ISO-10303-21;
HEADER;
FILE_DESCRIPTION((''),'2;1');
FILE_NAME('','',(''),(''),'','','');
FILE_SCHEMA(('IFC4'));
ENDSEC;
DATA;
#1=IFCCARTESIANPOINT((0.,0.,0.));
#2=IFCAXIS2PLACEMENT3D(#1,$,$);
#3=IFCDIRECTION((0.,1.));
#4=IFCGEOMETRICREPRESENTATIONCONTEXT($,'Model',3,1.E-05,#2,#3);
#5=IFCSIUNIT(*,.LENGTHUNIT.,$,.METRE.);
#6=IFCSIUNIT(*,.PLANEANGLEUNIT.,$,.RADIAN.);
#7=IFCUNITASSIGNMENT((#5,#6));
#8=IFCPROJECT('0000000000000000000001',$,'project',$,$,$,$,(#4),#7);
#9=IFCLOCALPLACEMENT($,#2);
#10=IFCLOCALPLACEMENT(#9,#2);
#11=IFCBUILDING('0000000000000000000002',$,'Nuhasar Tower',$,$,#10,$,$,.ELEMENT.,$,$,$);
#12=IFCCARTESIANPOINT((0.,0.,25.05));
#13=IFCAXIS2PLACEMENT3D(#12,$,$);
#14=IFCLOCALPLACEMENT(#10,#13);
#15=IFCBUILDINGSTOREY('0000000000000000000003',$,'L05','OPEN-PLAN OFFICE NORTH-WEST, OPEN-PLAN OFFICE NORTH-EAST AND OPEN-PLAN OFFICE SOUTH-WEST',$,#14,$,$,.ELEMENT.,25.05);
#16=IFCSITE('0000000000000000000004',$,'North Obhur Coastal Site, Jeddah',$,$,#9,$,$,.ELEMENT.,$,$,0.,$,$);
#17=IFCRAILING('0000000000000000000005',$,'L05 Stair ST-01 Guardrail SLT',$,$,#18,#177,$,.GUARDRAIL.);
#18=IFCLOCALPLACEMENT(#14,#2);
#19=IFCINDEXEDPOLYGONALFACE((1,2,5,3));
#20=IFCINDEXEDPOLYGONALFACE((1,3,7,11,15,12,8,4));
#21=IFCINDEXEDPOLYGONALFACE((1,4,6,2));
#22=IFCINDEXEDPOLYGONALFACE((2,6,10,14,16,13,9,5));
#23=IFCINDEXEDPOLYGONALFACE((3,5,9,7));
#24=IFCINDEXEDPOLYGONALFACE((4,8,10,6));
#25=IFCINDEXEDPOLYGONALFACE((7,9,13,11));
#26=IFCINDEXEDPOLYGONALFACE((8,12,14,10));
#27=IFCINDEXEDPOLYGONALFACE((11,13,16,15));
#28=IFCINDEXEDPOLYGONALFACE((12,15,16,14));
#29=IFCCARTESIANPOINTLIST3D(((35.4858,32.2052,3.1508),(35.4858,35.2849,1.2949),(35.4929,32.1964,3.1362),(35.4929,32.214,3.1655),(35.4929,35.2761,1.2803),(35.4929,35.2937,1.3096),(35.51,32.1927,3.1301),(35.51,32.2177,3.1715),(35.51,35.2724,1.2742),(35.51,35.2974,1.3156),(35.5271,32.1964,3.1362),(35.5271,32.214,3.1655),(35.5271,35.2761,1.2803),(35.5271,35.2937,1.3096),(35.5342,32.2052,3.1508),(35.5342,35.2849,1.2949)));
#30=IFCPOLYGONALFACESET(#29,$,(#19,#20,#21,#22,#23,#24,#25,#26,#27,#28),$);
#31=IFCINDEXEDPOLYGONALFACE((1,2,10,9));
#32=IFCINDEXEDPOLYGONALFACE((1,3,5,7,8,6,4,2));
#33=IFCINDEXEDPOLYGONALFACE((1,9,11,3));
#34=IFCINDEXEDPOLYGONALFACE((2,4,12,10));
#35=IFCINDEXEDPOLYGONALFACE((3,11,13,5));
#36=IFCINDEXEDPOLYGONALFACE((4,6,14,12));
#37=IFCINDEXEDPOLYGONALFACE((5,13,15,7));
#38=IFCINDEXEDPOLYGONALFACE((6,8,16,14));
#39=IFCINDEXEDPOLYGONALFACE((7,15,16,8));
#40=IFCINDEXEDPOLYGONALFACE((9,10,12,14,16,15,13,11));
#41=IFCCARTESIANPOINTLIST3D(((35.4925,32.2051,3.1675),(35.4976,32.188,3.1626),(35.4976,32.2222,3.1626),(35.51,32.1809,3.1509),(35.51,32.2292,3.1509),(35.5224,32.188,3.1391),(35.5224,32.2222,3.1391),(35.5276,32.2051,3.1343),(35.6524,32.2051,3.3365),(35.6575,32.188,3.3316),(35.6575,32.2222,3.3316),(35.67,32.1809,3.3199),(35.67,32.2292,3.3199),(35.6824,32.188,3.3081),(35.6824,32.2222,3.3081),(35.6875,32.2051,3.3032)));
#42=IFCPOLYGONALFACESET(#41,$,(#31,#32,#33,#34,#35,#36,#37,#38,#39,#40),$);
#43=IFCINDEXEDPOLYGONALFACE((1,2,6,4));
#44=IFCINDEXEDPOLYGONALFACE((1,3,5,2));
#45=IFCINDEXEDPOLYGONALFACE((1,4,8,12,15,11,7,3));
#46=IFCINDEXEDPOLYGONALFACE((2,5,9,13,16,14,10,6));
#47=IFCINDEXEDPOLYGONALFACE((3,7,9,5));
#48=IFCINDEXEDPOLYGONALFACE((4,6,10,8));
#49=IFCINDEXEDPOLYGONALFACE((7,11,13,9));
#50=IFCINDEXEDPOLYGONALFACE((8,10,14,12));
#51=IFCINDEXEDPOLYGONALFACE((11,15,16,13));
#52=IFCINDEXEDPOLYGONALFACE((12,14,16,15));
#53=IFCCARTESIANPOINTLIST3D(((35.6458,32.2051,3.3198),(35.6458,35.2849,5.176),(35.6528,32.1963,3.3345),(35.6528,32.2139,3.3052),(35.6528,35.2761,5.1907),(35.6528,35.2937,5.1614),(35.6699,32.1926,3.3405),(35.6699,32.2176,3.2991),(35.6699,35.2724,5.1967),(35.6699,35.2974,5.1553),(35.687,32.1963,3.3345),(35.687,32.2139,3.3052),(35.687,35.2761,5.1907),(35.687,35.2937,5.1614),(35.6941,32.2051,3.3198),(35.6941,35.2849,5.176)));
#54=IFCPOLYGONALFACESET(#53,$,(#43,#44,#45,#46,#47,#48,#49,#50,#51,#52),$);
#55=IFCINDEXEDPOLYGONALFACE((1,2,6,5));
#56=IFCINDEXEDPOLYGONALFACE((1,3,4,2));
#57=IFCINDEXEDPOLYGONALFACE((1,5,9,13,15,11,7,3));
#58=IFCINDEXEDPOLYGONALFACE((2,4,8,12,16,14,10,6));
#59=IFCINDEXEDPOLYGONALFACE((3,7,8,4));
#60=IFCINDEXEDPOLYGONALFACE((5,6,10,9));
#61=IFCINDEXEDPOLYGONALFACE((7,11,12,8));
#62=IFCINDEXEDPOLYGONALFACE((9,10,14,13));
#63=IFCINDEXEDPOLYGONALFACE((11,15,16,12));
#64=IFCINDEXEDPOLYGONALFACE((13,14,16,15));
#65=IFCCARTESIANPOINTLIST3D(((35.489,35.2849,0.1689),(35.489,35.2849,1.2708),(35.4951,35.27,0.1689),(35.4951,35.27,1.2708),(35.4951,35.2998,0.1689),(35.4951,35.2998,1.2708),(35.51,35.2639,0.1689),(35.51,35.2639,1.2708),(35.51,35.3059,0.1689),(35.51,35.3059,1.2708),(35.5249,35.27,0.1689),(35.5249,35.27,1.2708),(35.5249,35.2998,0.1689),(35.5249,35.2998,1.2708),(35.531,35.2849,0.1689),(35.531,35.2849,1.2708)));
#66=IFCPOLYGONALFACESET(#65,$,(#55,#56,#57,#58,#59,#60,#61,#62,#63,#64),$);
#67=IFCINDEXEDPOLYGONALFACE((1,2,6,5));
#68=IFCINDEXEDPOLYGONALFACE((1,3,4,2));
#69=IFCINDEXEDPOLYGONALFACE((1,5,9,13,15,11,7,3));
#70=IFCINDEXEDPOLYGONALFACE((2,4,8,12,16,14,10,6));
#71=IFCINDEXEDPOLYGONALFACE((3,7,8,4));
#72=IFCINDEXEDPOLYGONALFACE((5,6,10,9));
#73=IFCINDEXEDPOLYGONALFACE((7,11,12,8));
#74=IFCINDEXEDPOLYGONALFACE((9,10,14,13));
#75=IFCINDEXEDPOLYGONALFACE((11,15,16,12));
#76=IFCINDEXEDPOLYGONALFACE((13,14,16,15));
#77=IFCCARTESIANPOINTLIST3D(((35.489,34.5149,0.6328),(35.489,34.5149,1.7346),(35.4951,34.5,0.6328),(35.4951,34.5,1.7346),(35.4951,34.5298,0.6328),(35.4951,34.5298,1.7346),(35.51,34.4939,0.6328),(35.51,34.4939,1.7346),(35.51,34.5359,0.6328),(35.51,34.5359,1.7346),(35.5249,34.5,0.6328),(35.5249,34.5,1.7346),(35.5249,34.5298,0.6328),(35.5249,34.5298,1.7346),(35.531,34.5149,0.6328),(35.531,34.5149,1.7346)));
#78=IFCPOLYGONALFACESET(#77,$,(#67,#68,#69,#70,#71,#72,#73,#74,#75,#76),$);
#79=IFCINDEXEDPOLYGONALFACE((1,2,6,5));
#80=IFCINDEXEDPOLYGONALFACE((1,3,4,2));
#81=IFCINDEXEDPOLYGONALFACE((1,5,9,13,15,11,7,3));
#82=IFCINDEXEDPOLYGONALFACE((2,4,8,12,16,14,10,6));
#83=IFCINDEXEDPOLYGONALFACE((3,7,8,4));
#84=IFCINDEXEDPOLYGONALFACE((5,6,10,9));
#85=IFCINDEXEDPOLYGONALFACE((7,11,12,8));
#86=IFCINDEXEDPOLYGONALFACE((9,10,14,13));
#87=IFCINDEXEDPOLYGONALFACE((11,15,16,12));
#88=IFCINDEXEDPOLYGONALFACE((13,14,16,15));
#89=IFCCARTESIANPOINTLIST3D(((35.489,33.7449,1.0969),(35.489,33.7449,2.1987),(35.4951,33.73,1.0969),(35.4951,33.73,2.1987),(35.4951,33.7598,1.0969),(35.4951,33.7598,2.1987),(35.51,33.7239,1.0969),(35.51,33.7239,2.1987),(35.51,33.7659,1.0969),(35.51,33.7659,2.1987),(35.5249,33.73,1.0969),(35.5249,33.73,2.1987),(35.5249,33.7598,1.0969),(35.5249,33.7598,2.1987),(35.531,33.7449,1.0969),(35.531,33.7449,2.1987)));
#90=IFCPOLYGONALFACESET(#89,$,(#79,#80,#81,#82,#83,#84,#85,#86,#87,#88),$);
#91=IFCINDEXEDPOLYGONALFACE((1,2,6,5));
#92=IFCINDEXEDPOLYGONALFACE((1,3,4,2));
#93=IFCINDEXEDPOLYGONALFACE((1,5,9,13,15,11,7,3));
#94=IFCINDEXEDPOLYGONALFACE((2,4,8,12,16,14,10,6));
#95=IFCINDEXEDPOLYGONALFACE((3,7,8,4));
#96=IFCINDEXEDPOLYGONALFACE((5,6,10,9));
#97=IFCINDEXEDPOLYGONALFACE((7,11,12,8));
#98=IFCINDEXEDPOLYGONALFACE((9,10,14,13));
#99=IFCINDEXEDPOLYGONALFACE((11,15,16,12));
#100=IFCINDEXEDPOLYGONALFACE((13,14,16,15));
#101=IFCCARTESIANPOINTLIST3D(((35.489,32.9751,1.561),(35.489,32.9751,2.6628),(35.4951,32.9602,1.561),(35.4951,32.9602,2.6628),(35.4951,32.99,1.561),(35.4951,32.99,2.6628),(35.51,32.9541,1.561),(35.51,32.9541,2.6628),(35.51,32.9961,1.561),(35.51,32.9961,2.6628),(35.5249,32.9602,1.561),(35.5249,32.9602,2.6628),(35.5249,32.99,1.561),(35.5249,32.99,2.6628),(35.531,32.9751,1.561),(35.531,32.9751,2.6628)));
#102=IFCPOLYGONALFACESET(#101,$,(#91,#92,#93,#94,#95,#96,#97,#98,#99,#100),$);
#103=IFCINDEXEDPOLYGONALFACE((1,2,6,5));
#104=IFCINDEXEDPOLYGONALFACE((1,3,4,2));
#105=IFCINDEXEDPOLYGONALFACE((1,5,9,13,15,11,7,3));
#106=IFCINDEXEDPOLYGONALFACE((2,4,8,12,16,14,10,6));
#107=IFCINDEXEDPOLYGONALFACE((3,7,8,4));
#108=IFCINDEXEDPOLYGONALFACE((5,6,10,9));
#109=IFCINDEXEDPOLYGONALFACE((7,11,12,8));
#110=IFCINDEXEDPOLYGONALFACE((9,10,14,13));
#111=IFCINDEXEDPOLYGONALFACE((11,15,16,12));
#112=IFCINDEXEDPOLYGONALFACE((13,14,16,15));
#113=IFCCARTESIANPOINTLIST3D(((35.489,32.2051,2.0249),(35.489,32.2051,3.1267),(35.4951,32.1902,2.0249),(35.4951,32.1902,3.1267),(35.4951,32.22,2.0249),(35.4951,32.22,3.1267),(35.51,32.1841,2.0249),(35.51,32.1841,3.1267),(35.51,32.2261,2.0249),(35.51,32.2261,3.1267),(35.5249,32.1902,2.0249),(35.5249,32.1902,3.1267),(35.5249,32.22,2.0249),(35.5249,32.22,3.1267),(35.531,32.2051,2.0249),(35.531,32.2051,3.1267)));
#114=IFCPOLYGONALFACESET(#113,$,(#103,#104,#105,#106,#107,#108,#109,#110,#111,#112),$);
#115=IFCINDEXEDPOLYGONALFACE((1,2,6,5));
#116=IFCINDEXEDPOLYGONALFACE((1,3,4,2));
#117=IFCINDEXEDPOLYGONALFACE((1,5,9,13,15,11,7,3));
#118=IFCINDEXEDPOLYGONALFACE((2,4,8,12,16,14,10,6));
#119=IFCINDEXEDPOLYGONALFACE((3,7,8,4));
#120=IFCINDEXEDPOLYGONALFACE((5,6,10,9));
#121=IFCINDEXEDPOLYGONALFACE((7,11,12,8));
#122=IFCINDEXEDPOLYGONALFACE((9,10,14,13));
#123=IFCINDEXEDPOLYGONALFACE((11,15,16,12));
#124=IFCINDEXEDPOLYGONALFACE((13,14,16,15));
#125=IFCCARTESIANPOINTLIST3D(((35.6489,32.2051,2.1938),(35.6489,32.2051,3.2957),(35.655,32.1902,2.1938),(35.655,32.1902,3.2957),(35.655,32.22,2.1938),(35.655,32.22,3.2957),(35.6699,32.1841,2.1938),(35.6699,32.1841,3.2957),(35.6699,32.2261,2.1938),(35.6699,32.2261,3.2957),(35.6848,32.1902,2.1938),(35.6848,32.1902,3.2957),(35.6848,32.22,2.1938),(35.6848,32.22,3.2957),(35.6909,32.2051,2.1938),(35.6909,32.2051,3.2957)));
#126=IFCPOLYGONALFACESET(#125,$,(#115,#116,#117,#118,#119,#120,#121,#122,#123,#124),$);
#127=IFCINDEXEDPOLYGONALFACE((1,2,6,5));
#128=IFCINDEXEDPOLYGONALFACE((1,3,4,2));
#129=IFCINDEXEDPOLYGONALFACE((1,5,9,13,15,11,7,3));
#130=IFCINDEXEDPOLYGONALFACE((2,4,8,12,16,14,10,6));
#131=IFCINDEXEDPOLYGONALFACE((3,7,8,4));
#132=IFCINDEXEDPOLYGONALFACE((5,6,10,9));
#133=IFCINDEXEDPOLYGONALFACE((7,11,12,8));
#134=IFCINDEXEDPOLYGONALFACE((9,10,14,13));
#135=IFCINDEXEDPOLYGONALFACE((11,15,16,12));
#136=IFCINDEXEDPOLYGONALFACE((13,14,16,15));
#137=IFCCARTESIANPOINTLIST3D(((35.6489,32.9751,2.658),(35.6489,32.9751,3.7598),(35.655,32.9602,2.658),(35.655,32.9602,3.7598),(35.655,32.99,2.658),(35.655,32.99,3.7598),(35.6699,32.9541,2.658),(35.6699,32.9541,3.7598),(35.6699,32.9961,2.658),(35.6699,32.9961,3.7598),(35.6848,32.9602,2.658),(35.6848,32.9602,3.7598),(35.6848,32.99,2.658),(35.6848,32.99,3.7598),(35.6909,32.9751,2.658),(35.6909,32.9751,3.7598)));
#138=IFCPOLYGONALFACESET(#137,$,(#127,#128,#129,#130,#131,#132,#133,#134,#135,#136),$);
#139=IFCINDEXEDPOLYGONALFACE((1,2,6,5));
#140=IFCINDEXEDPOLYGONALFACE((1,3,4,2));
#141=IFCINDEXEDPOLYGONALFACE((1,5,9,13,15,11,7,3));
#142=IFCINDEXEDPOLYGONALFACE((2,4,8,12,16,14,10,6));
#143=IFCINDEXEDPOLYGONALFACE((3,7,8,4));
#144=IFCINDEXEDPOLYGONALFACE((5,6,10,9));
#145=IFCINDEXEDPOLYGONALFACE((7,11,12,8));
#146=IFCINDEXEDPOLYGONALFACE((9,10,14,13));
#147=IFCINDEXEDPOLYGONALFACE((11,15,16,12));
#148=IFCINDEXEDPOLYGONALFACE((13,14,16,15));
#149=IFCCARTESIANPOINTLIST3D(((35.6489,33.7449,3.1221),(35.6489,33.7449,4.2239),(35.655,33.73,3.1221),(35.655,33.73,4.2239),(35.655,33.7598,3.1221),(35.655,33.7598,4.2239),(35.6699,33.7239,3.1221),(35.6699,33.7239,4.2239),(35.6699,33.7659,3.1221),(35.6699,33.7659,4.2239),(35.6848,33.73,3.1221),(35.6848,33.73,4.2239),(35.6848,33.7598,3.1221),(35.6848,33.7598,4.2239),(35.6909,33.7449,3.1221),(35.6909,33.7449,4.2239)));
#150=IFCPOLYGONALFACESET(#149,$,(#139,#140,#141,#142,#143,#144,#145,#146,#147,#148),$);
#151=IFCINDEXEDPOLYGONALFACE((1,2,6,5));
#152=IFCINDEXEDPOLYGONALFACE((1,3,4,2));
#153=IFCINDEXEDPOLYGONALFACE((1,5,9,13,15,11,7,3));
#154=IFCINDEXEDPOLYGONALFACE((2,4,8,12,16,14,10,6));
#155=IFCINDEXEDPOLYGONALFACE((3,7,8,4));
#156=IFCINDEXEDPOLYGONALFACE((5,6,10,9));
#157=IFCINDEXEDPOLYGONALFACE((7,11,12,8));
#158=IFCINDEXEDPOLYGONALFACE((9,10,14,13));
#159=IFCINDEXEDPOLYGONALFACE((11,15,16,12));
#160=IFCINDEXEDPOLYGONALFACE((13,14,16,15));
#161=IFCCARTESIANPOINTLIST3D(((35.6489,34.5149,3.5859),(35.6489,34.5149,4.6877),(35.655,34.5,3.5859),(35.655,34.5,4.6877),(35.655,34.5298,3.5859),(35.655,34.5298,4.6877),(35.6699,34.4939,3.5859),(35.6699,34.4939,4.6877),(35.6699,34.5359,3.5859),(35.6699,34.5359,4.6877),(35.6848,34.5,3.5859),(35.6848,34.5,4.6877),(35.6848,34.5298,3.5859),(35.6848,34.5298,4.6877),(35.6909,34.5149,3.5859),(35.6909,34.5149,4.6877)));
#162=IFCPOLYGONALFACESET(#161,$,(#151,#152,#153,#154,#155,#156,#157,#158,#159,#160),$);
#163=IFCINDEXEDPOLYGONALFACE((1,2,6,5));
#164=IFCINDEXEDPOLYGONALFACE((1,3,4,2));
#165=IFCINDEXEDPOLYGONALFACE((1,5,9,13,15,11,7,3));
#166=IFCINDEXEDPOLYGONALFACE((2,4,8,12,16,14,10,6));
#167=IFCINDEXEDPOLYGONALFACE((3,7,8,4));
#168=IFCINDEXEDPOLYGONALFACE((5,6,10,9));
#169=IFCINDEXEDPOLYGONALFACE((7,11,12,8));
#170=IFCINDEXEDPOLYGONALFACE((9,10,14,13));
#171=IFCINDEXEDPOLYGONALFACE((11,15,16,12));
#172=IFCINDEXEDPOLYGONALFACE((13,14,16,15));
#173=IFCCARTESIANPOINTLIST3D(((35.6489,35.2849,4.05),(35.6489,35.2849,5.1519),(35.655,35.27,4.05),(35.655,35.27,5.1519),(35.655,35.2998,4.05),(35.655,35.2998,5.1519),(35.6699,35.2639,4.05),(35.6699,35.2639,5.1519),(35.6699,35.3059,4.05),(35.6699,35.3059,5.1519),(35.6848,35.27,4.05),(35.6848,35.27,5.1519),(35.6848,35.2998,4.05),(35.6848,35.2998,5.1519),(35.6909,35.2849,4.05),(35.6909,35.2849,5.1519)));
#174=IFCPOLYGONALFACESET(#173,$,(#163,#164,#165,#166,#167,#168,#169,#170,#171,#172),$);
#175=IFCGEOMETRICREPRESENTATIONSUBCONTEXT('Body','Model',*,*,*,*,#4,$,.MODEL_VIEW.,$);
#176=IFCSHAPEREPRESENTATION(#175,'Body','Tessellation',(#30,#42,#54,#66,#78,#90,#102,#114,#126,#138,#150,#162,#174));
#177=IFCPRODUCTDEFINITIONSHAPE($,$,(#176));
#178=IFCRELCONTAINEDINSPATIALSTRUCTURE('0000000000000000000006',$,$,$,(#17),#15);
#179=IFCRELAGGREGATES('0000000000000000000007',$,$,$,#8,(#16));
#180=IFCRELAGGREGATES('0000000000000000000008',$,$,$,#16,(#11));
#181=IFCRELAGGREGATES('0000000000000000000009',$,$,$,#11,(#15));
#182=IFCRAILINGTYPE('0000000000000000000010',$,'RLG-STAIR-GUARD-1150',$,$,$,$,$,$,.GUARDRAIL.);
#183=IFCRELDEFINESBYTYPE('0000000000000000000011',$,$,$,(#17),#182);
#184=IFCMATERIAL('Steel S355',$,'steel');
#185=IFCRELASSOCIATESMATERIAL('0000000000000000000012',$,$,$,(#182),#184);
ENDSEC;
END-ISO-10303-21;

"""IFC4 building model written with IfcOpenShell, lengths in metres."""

from ifc_helpers import new_model, si_unit, direction, frame, origin, place, context, subcontext, project, spatial, polyline, outline, extrude, material, type_object, element, save


model = new_model("IFC4")

# Units and contexts
model_context = context("Model", 3, precision=1e-05, world=origin(), true_north=direction((0.0, 1.0)))
body_context = subcontext(model_context, "Body", "Model", "MODEL_VIEW")
ifc_project = project(units=[si_unit("LENGTHUNIT", "METRE"), si_unit("PLANEANGLEUNIT", "RADIAN")], contexts=[model_context])

# Site, building, storey
site_placement = place(None, origin())
site = spatial("IfcSite", under=ifc_project, at=site_placement, Name="North Obhur Coastal Site, Jeddah", CompositionType="ELEMENT", RefElevation=0.0)
building_placement = place(site_placement, origin())
building = spatial("IfcBuilding", under=site, at=building_placement, Name="Nuhasar Tower", CompositionType="ELEMENT")
storey_placement = place(building_placement, frame((0.0, 0.0, 25.05)))
storey = spatial("IfcBuildingStorey", under=building, at=storey_placement, Name="L05", Description="OPEN-PLAN OFFICE NORTH-WEST, OPEN-PLAN OFFICE NORTH-EAST AND OPEN-PLAN OFFICE SOUTH-WEST", CompositionType="ELEMENT", Elevation=25.05)

# Shared definitions
ifc_material_1 = material(Name="Steel S355", Category="steel")

# Railing
railing_type_1 = type_object("IfcRailingType", Name="RLG-STAIR-GUARD-1150", PredefinedType="GUARDRAIL", material=ifc_material_1)
railing_1_placement = place(storey_placement, frame((35.51, 35.2849, 0.1689)))
element("IfcRailing", 1, at=railing_1_placement, inside=storey, type_object=railing_type_1, Name="L05 Stair ST-01 Guardrail SLT", PredefinedType="GUARDRAIL", context=body_context, shape_type="SweptSolid", body=[
    extrude(outline(polyline([(0.0242, 0.0), (0.0171, 0.0171), (0.0, 0.0242), (-0.0171, 0.0171), (-0.0242, 0.0), (-0.0171, -0.0171), (0.0, -0.0242), (0.0171, -0.0171), (0.0242, 0.0)])), frame((0.0, 0.0, 1.126), z_axis=(0.0, -0.856503, 0.516142), x_axis=(1.0, 0.0, 0.0)), (0.0, 0.0, 1.0), 3.5957),
    extrude(outline(polyline([(0.0242, 0.0), (0.0171, 0.0171), (0.0, 0.0242), (-0.0171, 0.0171), (-0.0242, 0.0), (-0.0171, -0.0171), (0.0, -0.0242), (0.0171, -0.0171), (0.0242, 0.0)])), frame((0.0, -3.0798, 2.9819), z_axis=(0.687424, 0.0, 0.726256), x_axis=(0.0, 1.0, 0.0)), (0.0, 0.0, 1.0), 0.2327),
    extrude(outline(polyline([(0.0242, 0.0), (0.0171, 0.0171), (0.0, 0.0242), (-0.0171, 0.0171), (-0.0242, 0.0), (-0.0171, -0.0171), (0.0, -0.0242), (0.0171, -0.0171), (0.0242, 0.0)])), frame((0.1599, -3.0798, 3.1509), z_axis=(0.0, 0.856473, 0.516192), x_axis=(-1.0, 0.0, 0.0)), (0.0, 0.0, 1.0), 3.5959),
    extrude(outline(polyline([(0.021, 0.0), (0.0149, 0.0149), (0.0, 0.021), (-0.0149, 0.0149), (-0.021, 0.0), (-0.0149, -0.0149), (0.0, -0.021), (0.0149, -0.0149), (0.021, 0.0)])), origin(), (0.0, 0.0, 1.0), 1.1018),
    extrude(outline(polyline([(0.021, 0.0), (0.0149, 0.0149), (0.0, 0.021), (-0.0149, 0.0149), (-0.021, 0.0), (-0.0149, -0.0149), (0.0, -0.021), (0.0149, -0.0149), (0.021, 0.0)])), frame((0.0, -0.77, 0.4639)), (0.0, 0.0, 1.0), 1.1018),
    extrude(outline(polyline([(0.021, 0.0), (0.0149, 0.0149), (0.0, 0.021), (-0.0149, 0.0149), (-0.021, 0.0), (-0.0149, -0.0149), (0.0, -0.021), (0.0149, -0.0149), (0.021, 0.0)])), frame((0.0, -1.54, 0.928)), (0.0, 0.0, 1.0), 1.1018),
    extrude(outline(polyline([(0.021, 0.0), (0.0149, 0.0149), (0.0, 0.021), (-0.0149, 0.0149), (-0.021, 0.0), (-0.0149, -0.0149), (0.0, -0.021), (0.0149, -0.0149), (0.021, 0.0)])), frame((0.0, -2.3098, 1.3921)), (0.0, 0.0, 1.0), 1.1018),
    extrude(outline(polyline([(0.021, 0.0), (0.0149, 0.0149), (0.0, 0.021), (-0.0149, 0.0149), (-0.021, 0.0), (-0.0149, -0.0149), (0.0, -0.021), (0.0149, -0.0149), (0.021, 0.0)])), frame((0.0, -3.0798, 1.856)), (0.0, 0.0, 1.0), 1.1018),
    extrude(outline(polyline([(0.021, 0.0), (0.0149, 0.0149), (0.0, 0.021), (-0.0149, 0.0149), (-0.021, 0.0), (-0.0149, -0.0149), (0.0, -0.021), (0.0149, -0.0149), (0.021, 0.0)])), frame((0.1599, -3.0798, 2.0249)), (0.0, 0.0, 1.0), 1.1018),
    extrude(outline(polyline([(0.021, 0.0), (0.0149, 0.0149), (0.0, 0.021), (-0.0149, 0.0149), (-0.021, 0.0), (-0.0149, -0.0149), (0.0, -0.021), (0.0149, -0.0149), (0.021, 0.0)])), frame((0.1599, -2.3098, 2.489)), (0.0, 0.0, 1.0), 1.1018),
    extrude(outline(polyline([(0.021, 0.0), (0.0149, 0.0149), (0.0, 0.021), (-0.0149, 0.0149), (-0.021, 0.0), (-0.0149, -0.0149), (0.0, -0.021), (0.0149, -0.0149), (0.021, 0.0)])), frame((0.1599, -1.54, 2.9531)), (0.0, 0.0, 1.0), 1.1018),
    extrude(outline(polyline([(0.021, 0.0), (0.0149, 0.0149), (0.0, 0.021), (-0.0149, 0.0149), (-0.021, 0.0), (-0.0149, -0.0149), (0.0, -0.021), (0.0149, -0.0149), (0.021, 0.0)])), frame((0.1599, -0.77, 3.417)), (0.0, 0.0, 1.0), 1.1018),
    extrude(outline(polyline([(0.021, 0.0), (0.0149, 0.0149), (0.0, 0.021), (-0.0149, 0.0149), (-0.021, 0.0), (-0.0149, -0.0149), (0.0, -0.021), (0.0149, -0.0149), (0.021, 0.0)])), frame((0.1599, 0.0, 3.8811)), (0.0, 0.0, 1.0), 1.1018),
])

save(model, "model.ifc")
